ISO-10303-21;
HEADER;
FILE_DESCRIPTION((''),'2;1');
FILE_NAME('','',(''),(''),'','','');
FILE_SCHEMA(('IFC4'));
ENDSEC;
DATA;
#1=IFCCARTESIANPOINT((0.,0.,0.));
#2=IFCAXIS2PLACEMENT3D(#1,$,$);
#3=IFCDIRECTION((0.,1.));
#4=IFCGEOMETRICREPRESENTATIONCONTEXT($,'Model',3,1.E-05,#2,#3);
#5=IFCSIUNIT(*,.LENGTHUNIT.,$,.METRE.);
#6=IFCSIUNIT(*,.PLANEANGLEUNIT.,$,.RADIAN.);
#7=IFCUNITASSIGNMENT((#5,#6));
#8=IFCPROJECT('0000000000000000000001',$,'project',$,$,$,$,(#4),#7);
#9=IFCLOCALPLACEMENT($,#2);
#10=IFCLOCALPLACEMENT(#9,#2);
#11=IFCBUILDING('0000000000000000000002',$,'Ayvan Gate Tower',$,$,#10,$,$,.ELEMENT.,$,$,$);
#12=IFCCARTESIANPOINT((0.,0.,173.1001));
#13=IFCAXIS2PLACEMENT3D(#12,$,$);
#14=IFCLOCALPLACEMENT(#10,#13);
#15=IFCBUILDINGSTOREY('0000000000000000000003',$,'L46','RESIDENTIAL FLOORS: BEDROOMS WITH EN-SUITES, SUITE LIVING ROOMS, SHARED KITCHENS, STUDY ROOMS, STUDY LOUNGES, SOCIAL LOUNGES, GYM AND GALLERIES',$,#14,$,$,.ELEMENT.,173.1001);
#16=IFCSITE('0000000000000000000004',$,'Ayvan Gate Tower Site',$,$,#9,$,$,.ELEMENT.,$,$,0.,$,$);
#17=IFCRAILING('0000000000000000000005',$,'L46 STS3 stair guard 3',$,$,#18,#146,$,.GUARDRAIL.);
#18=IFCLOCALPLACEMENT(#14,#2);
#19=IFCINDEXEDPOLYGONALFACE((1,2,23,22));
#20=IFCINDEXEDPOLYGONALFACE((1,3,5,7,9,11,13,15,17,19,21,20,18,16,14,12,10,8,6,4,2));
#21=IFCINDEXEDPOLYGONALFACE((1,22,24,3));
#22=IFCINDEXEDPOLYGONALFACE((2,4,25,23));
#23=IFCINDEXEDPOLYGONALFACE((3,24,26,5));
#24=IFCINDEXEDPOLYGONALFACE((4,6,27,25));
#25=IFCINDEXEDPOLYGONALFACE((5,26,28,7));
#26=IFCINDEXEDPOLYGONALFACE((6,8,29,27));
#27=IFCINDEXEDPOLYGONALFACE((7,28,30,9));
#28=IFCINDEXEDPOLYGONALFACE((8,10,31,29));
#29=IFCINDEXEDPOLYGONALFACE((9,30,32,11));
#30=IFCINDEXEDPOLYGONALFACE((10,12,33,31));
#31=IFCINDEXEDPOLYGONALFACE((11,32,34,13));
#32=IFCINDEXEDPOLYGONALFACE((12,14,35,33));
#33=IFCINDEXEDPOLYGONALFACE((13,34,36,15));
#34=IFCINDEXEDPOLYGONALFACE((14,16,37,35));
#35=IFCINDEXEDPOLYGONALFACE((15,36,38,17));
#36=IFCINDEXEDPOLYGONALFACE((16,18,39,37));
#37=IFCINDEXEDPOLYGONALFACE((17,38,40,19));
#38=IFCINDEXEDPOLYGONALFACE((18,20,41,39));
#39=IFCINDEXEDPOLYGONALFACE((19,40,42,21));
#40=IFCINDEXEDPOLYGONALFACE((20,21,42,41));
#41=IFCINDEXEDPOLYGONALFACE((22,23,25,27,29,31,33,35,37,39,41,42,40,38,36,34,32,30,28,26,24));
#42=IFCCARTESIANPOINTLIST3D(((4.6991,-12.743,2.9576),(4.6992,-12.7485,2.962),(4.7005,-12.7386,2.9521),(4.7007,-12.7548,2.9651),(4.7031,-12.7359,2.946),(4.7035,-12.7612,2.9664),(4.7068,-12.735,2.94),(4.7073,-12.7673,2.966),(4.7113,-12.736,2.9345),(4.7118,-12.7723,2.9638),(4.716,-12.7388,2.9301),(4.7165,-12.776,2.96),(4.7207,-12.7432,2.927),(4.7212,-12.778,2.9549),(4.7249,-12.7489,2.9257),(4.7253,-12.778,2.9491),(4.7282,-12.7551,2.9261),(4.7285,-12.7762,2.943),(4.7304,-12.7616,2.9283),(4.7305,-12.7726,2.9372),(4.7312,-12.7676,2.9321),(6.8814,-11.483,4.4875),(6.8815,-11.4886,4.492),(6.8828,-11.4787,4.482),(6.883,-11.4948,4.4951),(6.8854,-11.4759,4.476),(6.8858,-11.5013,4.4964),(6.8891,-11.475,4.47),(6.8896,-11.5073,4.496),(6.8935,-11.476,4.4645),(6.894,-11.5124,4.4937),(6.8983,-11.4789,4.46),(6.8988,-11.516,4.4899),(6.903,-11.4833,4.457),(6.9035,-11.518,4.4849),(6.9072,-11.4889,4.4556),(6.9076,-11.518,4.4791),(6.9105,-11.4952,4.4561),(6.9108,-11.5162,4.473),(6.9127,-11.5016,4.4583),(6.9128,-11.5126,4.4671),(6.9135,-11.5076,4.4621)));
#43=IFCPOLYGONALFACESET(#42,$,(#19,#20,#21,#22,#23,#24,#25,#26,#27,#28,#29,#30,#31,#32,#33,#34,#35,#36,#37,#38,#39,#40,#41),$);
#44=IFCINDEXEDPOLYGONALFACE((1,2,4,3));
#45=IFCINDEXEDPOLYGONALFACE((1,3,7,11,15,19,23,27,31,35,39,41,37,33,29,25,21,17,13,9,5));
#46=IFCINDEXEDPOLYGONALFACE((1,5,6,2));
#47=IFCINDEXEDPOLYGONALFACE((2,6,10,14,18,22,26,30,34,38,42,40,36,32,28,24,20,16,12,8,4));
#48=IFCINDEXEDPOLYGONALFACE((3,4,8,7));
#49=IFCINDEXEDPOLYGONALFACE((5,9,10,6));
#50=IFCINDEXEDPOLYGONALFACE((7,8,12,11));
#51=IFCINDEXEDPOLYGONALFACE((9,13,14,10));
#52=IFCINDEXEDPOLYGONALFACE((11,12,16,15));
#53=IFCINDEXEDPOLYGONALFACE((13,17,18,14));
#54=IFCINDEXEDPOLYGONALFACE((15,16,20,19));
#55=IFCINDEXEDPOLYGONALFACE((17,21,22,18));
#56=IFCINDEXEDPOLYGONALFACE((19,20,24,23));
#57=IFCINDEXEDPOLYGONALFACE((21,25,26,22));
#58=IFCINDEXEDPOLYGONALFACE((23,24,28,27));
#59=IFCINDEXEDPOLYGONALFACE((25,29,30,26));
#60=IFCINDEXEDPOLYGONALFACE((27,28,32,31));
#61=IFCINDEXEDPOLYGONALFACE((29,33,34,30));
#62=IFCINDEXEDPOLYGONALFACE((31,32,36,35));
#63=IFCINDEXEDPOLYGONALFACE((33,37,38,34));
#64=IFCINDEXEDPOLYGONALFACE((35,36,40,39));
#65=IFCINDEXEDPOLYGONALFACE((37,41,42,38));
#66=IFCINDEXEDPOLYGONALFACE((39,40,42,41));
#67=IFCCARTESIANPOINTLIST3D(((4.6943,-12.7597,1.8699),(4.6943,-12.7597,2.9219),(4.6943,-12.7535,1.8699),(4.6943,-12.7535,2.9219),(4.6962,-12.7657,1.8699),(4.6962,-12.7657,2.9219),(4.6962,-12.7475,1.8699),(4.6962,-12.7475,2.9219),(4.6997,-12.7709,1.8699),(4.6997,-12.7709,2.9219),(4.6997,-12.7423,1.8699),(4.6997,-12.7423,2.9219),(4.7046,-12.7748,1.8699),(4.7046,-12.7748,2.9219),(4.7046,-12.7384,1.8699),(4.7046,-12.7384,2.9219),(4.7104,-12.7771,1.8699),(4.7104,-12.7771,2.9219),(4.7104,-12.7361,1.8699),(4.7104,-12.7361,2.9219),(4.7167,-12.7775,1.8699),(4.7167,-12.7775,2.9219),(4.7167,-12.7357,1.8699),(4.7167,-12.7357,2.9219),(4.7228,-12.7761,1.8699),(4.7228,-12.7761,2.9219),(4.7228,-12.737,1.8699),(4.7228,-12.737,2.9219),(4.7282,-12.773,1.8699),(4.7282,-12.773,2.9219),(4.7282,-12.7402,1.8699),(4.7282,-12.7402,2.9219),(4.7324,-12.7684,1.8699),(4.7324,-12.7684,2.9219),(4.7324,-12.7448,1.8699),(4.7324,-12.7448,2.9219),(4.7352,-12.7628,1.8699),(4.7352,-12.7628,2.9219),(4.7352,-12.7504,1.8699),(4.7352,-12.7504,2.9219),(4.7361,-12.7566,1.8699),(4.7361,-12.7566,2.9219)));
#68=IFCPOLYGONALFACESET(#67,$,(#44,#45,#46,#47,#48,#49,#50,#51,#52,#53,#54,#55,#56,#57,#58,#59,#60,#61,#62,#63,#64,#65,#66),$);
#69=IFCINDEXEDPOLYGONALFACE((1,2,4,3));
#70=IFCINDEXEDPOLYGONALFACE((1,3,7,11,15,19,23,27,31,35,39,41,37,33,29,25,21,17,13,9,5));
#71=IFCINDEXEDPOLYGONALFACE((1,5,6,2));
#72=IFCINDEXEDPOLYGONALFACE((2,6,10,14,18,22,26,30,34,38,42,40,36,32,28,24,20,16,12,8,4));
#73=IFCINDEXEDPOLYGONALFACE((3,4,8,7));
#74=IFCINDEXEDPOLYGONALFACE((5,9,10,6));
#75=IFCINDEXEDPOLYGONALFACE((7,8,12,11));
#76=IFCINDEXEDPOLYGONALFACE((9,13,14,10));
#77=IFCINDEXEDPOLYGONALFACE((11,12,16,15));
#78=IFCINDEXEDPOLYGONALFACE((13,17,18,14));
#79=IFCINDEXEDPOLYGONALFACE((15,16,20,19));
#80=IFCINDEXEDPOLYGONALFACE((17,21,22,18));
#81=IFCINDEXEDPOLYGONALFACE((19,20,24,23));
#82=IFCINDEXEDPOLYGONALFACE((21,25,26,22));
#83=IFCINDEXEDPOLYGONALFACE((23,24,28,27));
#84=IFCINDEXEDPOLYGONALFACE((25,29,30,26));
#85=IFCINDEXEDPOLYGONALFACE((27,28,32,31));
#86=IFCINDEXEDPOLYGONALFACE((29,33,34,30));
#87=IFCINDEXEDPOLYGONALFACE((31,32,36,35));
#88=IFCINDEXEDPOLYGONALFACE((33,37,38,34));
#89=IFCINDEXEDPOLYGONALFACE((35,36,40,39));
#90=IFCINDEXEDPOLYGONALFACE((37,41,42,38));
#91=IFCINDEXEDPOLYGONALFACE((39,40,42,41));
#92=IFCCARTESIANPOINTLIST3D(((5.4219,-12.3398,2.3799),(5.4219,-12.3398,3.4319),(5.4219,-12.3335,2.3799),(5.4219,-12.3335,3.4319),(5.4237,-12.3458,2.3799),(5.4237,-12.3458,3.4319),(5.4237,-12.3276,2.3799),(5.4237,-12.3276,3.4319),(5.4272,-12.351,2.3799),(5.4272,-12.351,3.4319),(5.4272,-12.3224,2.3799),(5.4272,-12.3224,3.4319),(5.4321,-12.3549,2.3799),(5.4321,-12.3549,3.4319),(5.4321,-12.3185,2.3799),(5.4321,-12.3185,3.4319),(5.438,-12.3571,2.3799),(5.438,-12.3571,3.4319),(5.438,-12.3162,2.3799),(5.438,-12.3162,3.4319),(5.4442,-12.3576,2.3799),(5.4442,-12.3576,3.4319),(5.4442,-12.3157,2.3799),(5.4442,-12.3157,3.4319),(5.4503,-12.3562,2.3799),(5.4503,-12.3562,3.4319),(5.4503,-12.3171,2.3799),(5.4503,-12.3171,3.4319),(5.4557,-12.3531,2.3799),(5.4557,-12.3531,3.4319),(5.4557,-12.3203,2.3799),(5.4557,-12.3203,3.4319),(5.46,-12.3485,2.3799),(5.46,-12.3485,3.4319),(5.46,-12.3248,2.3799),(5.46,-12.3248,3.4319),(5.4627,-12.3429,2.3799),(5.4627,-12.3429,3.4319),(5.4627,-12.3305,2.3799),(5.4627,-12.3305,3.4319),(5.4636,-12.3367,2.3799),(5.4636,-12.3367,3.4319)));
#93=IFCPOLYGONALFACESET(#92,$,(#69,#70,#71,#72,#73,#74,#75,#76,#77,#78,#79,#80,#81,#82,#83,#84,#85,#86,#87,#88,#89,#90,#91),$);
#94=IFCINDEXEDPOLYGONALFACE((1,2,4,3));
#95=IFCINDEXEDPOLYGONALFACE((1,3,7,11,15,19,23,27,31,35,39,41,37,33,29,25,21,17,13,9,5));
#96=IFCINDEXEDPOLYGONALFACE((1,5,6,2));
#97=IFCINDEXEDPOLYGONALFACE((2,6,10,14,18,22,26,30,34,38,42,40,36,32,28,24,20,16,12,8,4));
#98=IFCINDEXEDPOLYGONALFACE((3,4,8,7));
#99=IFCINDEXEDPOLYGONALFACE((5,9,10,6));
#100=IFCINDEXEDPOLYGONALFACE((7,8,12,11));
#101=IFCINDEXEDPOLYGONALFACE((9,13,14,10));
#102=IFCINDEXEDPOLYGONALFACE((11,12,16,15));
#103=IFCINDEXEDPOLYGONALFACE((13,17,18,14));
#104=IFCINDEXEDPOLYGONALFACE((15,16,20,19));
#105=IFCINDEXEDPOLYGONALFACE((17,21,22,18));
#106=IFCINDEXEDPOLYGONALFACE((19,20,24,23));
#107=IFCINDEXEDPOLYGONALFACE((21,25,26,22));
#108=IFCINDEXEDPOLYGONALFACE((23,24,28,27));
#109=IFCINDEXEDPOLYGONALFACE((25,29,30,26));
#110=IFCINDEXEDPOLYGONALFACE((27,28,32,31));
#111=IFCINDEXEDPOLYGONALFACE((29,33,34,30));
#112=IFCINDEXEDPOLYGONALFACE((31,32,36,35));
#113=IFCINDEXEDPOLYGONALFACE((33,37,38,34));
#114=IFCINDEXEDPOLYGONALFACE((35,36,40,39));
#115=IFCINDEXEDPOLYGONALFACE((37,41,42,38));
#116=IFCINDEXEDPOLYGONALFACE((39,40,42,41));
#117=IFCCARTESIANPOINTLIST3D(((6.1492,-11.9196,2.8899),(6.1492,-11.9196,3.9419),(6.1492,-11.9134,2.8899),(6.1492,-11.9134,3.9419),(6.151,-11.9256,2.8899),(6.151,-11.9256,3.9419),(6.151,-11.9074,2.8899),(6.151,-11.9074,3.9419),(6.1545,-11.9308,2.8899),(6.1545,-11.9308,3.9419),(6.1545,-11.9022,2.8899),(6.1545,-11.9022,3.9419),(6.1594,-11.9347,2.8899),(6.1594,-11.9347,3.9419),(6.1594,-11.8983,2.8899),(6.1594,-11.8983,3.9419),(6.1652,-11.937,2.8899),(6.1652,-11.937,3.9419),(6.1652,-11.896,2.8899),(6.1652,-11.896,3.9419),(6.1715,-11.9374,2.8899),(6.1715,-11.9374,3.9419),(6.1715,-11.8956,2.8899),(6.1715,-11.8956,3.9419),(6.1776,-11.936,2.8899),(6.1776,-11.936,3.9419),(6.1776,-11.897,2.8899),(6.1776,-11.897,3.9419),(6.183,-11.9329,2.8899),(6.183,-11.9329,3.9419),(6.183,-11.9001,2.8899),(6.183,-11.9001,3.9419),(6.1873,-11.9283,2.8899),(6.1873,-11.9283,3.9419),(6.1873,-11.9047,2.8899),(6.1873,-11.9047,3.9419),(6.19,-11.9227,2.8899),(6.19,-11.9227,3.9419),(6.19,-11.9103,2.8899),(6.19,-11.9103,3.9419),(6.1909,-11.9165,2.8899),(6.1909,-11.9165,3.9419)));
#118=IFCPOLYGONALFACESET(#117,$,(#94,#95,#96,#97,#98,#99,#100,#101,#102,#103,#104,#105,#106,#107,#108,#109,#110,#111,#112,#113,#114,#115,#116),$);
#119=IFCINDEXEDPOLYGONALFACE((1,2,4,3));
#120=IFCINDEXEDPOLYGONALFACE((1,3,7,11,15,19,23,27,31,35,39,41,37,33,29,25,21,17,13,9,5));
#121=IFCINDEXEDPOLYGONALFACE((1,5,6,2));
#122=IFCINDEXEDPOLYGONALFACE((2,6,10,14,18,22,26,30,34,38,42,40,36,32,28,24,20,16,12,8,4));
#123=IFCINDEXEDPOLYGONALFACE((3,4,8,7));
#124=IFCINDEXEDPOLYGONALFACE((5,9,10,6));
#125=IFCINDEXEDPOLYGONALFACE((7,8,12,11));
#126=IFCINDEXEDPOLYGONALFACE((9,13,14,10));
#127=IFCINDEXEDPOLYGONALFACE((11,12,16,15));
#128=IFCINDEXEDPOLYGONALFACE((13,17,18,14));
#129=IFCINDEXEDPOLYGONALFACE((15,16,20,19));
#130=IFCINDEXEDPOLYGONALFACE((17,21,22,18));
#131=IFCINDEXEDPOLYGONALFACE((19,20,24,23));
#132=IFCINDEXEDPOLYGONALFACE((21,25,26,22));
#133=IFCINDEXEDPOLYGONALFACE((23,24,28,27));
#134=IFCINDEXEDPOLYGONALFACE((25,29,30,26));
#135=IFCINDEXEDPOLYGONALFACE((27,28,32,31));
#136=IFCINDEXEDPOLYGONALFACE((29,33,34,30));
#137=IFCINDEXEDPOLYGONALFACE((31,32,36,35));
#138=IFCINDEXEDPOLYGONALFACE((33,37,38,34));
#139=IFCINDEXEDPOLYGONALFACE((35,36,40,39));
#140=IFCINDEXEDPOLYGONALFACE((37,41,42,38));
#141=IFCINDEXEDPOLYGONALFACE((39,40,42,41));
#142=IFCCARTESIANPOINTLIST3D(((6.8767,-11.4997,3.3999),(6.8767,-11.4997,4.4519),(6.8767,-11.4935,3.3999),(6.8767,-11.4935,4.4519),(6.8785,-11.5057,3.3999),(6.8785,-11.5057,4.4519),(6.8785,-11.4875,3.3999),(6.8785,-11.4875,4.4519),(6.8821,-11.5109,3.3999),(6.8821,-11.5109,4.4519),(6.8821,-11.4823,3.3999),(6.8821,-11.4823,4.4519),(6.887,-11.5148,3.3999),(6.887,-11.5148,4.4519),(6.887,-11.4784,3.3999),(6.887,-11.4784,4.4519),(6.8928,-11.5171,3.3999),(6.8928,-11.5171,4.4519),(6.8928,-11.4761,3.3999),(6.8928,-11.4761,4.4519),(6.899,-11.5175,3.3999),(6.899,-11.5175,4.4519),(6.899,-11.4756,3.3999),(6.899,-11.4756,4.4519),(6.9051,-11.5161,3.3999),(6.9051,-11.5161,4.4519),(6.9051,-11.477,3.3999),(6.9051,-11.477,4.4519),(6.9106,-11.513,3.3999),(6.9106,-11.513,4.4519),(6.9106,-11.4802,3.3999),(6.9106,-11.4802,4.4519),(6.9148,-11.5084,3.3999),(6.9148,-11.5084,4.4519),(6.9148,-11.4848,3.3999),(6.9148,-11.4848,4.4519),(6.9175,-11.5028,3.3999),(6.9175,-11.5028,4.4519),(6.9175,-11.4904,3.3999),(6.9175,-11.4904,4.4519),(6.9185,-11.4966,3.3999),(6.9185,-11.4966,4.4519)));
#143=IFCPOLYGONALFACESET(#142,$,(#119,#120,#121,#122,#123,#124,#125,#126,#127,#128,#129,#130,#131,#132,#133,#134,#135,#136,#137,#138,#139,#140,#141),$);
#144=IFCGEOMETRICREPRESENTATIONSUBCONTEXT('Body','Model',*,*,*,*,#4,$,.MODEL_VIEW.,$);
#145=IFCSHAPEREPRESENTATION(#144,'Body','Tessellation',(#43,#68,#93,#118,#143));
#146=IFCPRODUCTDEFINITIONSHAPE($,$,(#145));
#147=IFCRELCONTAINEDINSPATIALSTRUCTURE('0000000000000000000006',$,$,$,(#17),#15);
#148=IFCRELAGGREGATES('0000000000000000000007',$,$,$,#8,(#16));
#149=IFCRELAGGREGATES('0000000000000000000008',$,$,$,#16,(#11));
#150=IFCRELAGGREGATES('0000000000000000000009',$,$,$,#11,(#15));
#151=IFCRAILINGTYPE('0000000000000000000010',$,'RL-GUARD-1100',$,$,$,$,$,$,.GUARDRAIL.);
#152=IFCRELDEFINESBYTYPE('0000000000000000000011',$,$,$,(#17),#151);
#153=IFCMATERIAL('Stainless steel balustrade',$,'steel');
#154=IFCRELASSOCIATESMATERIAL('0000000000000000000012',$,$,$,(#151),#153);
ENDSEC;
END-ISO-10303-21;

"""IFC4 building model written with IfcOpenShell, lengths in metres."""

from ifc_helpers import new_model, si_unit, direction, frame, origin, origin_2d, place, context, subcontext, project, spatial, circle, extrude, material, type_object, element, save


model = new_model("IFC4")

# Units and contexts
model_context = context("Model", 3, precision=1e-05, world=origin(), true_north=direction((0.0, 1.0)))
body_context = subcontext(model_context, "Body", "Model", "MODEL_VIEW")
ifc_project = project(units=[si_unit("LENGTHUNIT", "METRE"), si_unit("PLANEANGLEUNIT", "RADIAN")], contexts=[model_context])

# Site, building, storey
site_placement = place(None, origin())
site = spatial("IfcSite", under=ifc_project, at=site_placement, Name="Ayvan Gate Tower Site", CompositionType="ELEMENT", RefElevation=0.0)
building_placement = place(site_placement, origin())
building = spatial("IfcBuilding", under=site, at=building_placement, Name="Ayvan Gate Tower", CompositionType="ELEMENT")
storey_placement = place(building_placement, frame((0.0, 0.0, 173.1001)))
storey = spatial("IfcBuildingStorey", under=building, at=storey_placement, Name="L46", Description="RESIDENTIAL FLOORS: BEDROOMS WITH EN-SUITES, SUITE LIVING ROOMS, SHARED KITCHENS, STUDY ROOMS, STUDY LOUNGES, SOCIAL LOUNGES, GYM AND GALLERIES", CompositionType="ELEMENT", Elevation=173.1001)

# Railing
ifc_material_1 = material(Name="Stainless steel balustrade", Category="steel")
railing_type_1 = type_object("IfcRailingType", Name="RL-GUARD-1100", PredefinedType="GUARDRAIL", material=ifc_material_1)
railing_1_placement = place(storey_placement, frame((4.7151, -12.7566, 1.8699)))
element("IfcRailing", 1, at=railing_1_placement, inside=storey, type_object=railing_type_1, Name="L46 STS3 stair guard 3", PredefinedType="GUARDRAIL", context=body_context, shape_type="SweptSolid", body=[
    extrude(circle(Radius=0.0239, at=origin_2d()), frame((0.0, 0.0, 1.0762), z_axis=(0.740261, 0.427395, 0.518986), x_axis=(-0.500005, 0.866023, 0.0)), (0.0, 0.0, 1.0), 2.948),
    extrude(circle(Radius=0.021, at=origin_2d()), origin(), (0.0, 0.0, 1.0), 1.052),
    extrude(circle(Radius=0.021, at=origin_2d()), frame((0.7275, 0.4199, 0.51)), (0.0, 0.0, 1.0), 1.052),
    extrude(circle(Radius=0.021, at=origin_2d()), frame((1.4548, 0.8401, 1.02)), (0.0, 0.0, 1.0), 1.052),
    extrude(circle(Radius=0.021, at=origin_2d()), frame((2.1824, 1.26, 1.53)), (0.0, 0.0, 1.0), 1.052),
])

save(model, "model.ifc")
